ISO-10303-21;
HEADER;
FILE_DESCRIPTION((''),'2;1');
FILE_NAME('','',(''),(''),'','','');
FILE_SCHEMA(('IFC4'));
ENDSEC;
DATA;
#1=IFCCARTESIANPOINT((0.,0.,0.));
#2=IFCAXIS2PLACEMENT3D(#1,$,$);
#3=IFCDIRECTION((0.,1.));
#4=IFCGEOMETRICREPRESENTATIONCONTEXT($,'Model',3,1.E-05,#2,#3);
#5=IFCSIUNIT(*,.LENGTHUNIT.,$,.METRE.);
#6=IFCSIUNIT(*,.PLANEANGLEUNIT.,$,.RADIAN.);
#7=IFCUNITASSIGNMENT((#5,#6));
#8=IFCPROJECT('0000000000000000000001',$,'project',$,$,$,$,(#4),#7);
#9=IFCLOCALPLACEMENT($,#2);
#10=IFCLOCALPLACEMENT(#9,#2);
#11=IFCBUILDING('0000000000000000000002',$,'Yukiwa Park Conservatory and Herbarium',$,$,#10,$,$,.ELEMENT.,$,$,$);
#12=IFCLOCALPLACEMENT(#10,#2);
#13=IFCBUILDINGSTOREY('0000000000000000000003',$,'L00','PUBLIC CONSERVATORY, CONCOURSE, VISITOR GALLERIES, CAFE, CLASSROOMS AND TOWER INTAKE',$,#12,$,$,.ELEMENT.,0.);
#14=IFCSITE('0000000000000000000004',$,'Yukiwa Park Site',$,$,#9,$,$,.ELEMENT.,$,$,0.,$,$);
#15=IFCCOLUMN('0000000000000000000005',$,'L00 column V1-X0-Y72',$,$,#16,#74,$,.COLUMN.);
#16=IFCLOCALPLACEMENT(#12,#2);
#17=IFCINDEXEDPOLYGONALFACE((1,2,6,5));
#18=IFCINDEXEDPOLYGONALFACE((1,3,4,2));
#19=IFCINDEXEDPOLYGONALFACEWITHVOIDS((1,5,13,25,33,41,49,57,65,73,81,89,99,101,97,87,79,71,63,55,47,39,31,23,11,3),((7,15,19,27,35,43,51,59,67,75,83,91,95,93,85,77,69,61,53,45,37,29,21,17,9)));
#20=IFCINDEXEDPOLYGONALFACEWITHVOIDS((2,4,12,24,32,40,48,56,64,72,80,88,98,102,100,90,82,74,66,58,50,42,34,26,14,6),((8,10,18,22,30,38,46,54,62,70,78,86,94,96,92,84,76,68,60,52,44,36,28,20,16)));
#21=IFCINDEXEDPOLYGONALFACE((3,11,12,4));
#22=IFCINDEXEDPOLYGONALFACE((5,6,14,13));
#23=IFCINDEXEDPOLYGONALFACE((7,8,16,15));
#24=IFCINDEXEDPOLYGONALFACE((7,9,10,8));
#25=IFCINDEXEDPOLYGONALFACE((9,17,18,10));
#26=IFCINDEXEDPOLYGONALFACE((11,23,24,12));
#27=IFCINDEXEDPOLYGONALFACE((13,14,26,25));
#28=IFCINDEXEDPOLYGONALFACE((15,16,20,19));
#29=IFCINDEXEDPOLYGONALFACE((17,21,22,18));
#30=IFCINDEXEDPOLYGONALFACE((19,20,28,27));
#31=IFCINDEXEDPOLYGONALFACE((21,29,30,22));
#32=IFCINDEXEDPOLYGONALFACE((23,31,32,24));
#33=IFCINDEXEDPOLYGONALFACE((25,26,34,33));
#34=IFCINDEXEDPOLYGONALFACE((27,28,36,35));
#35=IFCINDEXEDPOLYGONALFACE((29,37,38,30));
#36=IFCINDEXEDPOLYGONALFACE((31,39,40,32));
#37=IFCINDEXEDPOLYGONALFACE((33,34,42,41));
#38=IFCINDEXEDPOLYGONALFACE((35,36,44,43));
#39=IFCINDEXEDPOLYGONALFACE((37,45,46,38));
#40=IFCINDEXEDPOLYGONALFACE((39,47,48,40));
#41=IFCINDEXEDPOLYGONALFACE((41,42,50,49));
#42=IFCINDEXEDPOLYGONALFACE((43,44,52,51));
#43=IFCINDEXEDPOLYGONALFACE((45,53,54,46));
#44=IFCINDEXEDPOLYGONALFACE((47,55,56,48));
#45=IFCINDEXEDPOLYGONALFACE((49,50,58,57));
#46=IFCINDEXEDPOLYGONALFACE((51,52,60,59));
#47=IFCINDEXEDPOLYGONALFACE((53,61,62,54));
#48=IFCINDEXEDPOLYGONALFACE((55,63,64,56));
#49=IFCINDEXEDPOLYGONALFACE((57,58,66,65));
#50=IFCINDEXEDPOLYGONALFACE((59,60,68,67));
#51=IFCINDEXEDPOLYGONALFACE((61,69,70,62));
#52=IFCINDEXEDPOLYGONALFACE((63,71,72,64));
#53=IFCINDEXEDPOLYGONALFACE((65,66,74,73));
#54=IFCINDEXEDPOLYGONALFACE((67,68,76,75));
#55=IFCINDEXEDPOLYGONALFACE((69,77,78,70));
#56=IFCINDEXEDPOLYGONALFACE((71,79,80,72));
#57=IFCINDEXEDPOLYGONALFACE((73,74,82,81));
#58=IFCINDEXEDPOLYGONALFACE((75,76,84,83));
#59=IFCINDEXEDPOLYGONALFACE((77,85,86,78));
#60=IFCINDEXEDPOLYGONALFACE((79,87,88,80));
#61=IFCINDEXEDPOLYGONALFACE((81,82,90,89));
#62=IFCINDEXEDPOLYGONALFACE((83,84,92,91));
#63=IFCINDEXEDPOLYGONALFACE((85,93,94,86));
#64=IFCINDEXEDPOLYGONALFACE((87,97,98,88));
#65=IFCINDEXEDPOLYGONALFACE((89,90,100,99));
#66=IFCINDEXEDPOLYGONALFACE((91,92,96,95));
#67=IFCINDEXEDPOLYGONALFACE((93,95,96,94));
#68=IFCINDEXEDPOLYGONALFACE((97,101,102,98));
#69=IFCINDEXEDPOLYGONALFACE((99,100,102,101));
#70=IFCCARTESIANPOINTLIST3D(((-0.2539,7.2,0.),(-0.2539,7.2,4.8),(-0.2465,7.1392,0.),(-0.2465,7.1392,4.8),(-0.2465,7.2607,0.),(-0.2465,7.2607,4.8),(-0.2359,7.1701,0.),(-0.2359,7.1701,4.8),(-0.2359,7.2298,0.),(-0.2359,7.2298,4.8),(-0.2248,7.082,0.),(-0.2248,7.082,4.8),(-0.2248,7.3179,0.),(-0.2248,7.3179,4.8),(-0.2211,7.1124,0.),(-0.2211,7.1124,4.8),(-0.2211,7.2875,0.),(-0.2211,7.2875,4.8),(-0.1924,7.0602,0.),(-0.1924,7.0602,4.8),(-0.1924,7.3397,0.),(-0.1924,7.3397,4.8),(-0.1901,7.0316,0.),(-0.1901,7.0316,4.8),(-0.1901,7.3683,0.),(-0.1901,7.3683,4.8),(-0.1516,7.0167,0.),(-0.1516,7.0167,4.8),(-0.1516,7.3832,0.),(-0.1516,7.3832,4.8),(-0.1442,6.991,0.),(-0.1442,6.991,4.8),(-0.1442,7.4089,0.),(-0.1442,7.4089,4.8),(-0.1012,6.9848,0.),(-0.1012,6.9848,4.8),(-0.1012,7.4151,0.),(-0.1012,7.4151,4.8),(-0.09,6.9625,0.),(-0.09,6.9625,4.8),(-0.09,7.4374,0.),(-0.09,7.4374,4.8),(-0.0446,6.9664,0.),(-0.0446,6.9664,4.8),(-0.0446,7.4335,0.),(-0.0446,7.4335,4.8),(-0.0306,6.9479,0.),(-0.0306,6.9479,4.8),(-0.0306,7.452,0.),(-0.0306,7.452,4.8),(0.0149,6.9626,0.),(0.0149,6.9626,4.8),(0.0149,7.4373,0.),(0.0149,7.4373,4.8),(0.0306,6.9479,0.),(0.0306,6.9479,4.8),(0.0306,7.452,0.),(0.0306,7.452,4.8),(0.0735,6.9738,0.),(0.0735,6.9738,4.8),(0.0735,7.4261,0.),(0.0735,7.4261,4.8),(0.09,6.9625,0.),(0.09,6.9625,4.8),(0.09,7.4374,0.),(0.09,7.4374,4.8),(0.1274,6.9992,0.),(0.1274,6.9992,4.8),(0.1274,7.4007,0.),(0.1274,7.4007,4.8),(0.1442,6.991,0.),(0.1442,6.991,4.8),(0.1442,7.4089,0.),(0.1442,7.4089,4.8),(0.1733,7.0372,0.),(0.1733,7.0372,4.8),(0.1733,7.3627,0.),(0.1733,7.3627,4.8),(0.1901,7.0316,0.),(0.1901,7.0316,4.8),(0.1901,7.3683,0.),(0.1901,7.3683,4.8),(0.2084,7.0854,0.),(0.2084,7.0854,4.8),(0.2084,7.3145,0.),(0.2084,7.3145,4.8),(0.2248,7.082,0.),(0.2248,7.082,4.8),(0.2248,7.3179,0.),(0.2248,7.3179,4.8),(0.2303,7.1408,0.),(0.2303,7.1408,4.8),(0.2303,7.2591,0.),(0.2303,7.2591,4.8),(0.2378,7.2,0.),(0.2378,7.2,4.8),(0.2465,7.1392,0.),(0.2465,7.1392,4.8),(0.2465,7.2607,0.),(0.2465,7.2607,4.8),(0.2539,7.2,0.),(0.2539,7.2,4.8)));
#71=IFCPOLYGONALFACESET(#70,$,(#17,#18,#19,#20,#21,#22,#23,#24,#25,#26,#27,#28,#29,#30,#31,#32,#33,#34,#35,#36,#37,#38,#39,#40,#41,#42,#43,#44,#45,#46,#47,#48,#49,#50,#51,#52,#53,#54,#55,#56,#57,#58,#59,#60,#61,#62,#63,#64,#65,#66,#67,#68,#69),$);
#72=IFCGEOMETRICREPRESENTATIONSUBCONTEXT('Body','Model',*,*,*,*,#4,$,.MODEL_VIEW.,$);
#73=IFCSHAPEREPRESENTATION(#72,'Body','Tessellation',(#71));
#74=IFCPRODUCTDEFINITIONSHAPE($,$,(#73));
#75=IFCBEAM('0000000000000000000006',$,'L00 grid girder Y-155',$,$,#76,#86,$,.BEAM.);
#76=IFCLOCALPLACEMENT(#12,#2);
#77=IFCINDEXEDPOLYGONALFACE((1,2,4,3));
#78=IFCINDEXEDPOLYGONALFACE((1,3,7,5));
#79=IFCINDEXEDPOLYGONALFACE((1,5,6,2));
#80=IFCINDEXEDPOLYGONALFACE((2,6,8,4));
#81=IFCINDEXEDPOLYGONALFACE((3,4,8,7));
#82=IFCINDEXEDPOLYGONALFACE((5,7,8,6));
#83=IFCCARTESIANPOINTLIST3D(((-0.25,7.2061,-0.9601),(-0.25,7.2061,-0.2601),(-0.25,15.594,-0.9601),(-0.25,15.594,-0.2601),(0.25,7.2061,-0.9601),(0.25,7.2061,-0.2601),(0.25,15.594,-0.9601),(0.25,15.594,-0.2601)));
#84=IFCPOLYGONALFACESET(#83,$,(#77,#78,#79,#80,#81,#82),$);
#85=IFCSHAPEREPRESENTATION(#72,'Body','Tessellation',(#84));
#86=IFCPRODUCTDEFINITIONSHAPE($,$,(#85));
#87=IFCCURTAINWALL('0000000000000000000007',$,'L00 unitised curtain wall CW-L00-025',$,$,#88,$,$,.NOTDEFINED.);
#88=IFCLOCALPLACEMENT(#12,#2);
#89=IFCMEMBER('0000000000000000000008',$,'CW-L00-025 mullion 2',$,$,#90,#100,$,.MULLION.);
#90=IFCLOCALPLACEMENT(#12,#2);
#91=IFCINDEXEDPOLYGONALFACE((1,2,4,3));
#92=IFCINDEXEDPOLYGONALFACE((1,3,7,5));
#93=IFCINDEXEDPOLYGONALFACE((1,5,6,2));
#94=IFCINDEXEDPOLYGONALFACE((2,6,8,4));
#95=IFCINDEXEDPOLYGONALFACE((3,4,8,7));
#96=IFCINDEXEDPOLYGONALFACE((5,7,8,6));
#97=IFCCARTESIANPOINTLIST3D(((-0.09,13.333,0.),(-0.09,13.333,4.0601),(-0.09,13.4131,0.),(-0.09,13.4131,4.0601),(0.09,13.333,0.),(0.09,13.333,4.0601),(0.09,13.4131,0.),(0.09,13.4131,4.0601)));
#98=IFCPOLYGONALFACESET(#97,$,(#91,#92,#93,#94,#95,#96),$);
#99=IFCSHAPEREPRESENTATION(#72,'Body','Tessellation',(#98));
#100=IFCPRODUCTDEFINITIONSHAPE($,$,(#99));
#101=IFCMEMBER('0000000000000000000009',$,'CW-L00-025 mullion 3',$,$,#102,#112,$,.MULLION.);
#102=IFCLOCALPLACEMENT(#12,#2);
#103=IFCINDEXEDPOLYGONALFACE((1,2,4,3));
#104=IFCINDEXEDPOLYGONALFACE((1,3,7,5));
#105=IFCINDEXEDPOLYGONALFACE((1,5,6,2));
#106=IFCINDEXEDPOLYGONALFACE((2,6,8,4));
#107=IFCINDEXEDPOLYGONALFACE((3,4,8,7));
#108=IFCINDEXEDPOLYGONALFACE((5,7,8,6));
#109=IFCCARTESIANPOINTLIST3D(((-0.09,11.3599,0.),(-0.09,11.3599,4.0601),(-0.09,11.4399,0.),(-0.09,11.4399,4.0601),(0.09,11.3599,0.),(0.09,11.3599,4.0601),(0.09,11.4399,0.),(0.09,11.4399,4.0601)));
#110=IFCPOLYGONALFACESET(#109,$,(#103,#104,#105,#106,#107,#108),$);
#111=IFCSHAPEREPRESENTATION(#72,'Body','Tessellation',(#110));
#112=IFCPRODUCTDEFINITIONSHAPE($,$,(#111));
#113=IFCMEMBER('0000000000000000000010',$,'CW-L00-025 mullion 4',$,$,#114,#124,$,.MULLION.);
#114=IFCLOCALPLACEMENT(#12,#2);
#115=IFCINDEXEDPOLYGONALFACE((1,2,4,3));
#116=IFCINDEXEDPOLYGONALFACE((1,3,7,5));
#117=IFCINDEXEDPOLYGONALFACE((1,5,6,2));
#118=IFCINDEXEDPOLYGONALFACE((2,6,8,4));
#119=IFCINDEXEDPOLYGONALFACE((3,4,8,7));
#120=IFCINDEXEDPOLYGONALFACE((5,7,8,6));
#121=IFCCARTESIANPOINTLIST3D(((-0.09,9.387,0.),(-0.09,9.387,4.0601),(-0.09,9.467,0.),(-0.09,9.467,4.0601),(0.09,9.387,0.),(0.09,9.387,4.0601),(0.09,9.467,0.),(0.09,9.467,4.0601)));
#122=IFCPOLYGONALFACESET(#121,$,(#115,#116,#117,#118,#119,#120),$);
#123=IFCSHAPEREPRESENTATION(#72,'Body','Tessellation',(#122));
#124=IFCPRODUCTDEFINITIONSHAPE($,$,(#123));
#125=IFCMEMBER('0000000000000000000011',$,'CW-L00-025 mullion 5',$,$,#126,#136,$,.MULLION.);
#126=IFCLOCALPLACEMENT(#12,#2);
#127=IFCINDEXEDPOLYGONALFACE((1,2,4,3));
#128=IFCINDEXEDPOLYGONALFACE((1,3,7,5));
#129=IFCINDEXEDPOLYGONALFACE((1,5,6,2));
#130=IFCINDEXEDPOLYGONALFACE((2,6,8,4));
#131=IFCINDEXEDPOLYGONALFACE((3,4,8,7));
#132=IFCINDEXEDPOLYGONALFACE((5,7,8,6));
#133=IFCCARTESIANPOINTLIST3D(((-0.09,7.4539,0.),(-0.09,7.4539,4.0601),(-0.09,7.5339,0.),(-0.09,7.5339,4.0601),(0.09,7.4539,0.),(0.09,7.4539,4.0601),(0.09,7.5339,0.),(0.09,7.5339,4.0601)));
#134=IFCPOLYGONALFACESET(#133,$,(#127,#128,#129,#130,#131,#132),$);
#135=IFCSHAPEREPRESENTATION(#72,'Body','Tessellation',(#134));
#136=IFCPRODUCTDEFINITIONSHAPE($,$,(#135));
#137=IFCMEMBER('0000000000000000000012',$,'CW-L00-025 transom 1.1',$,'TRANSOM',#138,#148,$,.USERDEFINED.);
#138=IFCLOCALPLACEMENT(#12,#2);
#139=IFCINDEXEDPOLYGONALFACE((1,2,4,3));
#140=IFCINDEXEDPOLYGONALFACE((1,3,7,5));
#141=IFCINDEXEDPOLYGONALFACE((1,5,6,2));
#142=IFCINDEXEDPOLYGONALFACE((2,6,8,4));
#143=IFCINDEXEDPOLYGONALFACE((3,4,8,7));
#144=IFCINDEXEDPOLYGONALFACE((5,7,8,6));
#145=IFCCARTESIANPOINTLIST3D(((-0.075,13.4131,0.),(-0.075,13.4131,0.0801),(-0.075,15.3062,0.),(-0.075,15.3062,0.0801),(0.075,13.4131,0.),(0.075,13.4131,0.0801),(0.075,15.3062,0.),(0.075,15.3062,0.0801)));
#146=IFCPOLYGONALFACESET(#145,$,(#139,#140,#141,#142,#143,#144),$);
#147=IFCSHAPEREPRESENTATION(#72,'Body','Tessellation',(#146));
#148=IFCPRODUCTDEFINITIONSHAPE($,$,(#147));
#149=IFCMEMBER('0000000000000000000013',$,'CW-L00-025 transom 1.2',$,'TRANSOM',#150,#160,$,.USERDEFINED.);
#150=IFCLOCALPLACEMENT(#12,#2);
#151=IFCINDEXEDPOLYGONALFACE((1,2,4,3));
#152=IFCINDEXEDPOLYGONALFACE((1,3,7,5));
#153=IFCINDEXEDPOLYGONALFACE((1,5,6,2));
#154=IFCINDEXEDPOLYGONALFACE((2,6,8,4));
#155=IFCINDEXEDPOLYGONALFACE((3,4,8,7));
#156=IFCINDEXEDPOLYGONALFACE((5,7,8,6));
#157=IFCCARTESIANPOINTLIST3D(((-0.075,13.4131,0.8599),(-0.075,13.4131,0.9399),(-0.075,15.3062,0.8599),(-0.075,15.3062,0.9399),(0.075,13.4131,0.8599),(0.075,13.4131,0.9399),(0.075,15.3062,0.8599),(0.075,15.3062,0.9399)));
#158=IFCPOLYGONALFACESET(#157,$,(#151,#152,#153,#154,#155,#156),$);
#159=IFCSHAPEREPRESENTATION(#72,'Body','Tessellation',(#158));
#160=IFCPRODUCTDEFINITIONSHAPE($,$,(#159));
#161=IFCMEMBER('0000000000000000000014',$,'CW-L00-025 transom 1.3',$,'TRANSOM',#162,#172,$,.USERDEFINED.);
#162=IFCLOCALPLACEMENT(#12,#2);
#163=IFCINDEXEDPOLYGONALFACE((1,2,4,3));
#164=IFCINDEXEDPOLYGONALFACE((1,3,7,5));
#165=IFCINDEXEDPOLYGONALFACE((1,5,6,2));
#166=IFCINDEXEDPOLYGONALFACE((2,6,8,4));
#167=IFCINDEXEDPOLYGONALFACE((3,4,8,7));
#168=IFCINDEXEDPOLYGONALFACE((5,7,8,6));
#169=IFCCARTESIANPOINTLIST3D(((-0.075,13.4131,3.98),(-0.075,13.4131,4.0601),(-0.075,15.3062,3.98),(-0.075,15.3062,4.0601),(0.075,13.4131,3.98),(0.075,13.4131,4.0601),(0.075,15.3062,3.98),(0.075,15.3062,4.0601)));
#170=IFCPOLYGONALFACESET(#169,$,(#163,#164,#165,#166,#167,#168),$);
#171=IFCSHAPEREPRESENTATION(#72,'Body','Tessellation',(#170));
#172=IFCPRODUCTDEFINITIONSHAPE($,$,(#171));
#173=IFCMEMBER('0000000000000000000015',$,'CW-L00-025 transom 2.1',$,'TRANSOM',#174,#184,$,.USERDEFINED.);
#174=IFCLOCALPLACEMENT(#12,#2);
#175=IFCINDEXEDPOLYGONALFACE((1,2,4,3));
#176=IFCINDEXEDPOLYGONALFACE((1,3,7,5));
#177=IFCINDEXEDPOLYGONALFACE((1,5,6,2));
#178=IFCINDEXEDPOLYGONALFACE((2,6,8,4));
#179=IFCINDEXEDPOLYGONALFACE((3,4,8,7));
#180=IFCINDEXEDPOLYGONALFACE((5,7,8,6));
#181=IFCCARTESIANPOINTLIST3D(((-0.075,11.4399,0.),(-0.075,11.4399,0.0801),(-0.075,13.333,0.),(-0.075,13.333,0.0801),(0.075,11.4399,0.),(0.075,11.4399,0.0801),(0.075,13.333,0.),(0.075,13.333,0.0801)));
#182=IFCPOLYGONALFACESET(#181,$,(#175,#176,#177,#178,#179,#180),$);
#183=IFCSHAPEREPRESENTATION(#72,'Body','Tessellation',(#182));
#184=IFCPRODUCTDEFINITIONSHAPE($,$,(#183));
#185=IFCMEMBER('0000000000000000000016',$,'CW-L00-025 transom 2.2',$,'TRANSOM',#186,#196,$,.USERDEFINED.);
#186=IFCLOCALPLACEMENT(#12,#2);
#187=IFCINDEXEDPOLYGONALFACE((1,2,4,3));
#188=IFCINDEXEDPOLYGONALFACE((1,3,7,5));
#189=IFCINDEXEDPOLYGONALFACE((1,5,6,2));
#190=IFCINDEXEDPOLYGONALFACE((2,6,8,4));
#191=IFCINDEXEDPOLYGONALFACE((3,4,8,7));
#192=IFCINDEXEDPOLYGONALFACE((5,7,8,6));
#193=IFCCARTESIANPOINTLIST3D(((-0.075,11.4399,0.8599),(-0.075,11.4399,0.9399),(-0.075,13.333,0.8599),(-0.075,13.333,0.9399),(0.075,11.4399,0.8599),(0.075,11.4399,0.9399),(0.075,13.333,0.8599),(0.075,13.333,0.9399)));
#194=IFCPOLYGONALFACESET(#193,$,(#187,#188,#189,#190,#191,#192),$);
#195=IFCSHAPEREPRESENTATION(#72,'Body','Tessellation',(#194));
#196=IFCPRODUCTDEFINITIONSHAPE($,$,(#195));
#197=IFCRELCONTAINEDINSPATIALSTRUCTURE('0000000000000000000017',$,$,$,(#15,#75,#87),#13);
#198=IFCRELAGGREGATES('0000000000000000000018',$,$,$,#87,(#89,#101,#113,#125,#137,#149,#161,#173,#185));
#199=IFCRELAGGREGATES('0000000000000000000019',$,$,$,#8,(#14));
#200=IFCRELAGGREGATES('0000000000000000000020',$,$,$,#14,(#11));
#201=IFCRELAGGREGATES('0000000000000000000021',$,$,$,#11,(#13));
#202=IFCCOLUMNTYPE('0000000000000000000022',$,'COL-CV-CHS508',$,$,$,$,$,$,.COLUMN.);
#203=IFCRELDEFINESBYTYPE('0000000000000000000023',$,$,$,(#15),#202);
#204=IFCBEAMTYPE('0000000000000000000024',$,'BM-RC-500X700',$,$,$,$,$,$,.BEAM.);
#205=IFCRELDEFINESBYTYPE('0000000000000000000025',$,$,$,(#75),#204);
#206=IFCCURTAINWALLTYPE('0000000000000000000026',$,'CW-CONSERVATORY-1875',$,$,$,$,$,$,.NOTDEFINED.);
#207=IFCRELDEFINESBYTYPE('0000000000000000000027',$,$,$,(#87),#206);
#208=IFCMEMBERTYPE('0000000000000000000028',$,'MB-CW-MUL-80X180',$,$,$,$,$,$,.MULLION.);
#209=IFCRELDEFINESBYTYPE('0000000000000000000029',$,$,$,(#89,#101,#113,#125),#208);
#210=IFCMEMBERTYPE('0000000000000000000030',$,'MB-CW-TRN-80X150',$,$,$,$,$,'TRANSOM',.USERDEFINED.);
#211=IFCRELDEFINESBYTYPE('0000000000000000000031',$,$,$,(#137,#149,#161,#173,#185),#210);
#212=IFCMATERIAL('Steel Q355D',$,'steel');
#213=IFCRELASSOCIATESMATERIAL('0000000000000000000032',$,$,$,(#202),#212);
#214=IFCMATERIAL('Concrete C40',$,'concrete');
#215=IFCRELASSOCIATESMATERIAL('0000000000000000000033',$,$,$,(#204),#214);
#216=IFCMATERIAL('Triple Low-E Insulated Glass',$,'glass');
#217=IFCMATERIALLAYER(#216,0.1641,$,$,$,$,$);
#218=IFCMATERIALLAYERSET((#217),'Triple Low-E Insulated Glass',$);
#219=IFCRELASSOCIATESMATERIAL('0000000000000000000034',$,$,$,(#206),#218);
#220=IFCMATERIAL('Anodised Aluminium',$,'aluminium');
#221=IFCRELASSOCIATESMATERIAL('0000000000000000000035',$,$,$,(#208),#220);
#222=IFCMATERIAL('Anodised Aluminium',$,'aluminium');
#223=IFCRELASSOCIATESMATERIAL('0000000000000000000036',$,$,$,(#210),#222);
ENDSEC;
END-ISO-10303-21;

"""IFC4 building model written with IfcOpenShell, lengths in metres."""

from ifc_helpers import new_model, si_unit, direction, frame, origin, origin_2d, place, context, subcontext, project, spatial, rectangle, hollow_circle, extrude, material, layer, layer_set, material_profile, profile_set, type_object, element, aggregate, save


model = new_model("IFC4")

# Units and contexts
model_context = context("Model", 3, precision=1e-05, world=origin(), true_north=direction((0.0, 1.0)))
body_context = subcontext(model_context, "Body", "Model", "MODEL_VIEW")
ifc_project = project(units=[si_unit("LENGTHUNIT", "METRE"), si_unit("PLANEANGLEUNIT", "RADIAN")], contexts=[model_context])

# Site, building, storey
site_placement = place(None, origin())
site = spatial("IfcSite", under=ifc_project, at=site_placement, Name="Yukiwa Park Site", CompositionType="ELEMENT", RefElevation=0.0)
building_placement = place(site_placement, origin())
building = spatial("IfcBuilding", under=site, at=building_placement, Name="Yukiwa Park Conservatory and Herbarium", CompositionType="ELEMENT")
storey_placement = place(building_placement, origin())
storey = spatial("IfcBuildingStorey", under=building, at=storey_placement, Name="L00", Description="PUBLIC CONSERVATORY, CONCOURSE, VISITOR GALLERIES, CAFE, CLASSROOMS AND TOWER INTAKE", CompositionType="ELEMENT", Elevation=0.0)

# Column
ifc_material_1 = material(Name="Steel Q355D", Category="steel")
ifc_material_profile_1 = material_profile(ifc_material_1, hollow_circle(Radius=0.2539, WallThickness=0.0161, at=origin_2d()), Name="CHS 508x16")
ifc_profile_set_1 = profile_set([ifc_material_profile_1], Name="Steel Q355D")
column_type = type_object("IfcColumnType", Name="COL-CV-CHS508", PredefinedType="COLUMN", material=ifc_profile_set_1)
column_placement = place(storey_placement, frame((0.0, 7.2, 0.0), z_axis=(0.0, 0.0, 1.0), x_axis=(1.0, 0.0, 0.0)))
element("IfcColumn", 1, at=column_placement, inside=storey, type_object=column_type, Name="L00 column V1-X0-Y72", PredefinedType="COLUMN", context=body_context, shape_type="SweptSolid", body=[
    extrude(hollow_circle(Radius=0.2539, WallThickness=0.0161, at=origin_2d()), origin(), (0.0, 0.0, 1.0), 4.8),
])

# Beam
ifc_material_2 = material(Name="Concrete C40", Category="concrete")
ifc_material_profile_2 = material_profile(ifc_material_2, rectangle(XDim=0.5, YDim=0.7, at=origin_2d()), Name="RC 500x700")
ifc_profile_set_2 = profile_set([ifc_material_profile_2], Name="Concrete C40")
beam_type = type_object("IfcBeamType", Name="BM-RC-500X700", PredefinedType="BEAM", material=ifc_profile_set_2)
beam_placement = place(storey_placement, frame((0.0, 7.2061, -0.6101), z_axis=(0.0, 1.0, 0.0), x_axis=(-1.0, 0.0, 0.0)))
element("IfcBeam", 2, at=beam_placement, inside=storey, type_object=beam_type, Name="L00 grid girder Y-155", PredefinedType="BEAM", context=body_context, shape_type="SweptSolid", body=[
    extrude(rectangle(XDim=0.5, YDim=0.7, at=origin_2d()), origin(), (0.0, 0.0, 1.0), 8.3879),
])

# Curtain wall, members
ifc_material_3 = material(Name="Triple Low-E Insulated Glass", Category="glass")
ifc_layer_1 = layer(ifc_material_3, 0.1641)
ifc_layer_set_1 = layer_set([ifc_layer_1], Name="Triple Low-E Insulated Glass")
curtain_wall_type = type_object("IfcCurtainWallType", Name="CW-CONSERVATORY-1875", PredefinedType="NOTDEFINED", material=ifc_layer_set_1)
curtain_wall_placement = place(storey_placement, origin())
curtain_wall = element("IfcCurtainWall", 3, at=curtain_wall_placement, inside=storey, type_object=curtain_wall_type, Name="L00 unitised curtain wall CW-L00-025", PredefinedType="NOTDEFINED")
ifc_material_4 = material(Name="Anodised Aluminium", Category="aluminium")
member_type_1 = type_object("IfcMemberType", Name="MB-CW-MUL-80X180", PredefinedType="MULLION", material=ifc_material_4)
member_1_placement = place(storey_placement, frame((0.0, 13.373, 0.0), z_axis=(0.0, 0.0, 1.0), x_axis=(0.0, -1.0, 0.0)))
member_1 = element("IfcMember", 4, at=member_1_placement, type_object=member_type_1, Name="CW-L00-025 mullion 2", PredefinedType="MULLION", context=body_context, shape_type="SweptSolid", body=[
    extrude(rectangle(XDim=0.0801, YDim=0.1799, at=origin_2d()), origin(), (0.0, 0.0, 1.0), 4.0601),
])
member_2_placement = place(storey_placement, frame((0.0, 11.3999, 0.0), z_axis=(0.0, 0.0, 1.0), x_axis=(0.0, -1.0, 0.0)))
member_2 = element("IfcMember", 5, at=member_2_placement, type_object=member_type_1, Name="CW-L00-025 mullion 3", PredefinedType="MULLION", context=body_context, shape_type="SweptSolid", body=[
    extrude(rectangle(XDim=0.0801, YDim=0.1799, at=origin_2d()), origin(), (0.0, 0.0, 1.0), 4.0601),
])
member_3_placement = place(storey_placement, frame((0.0, 9.427, 0.0), z_axis=(0.0, 0.0, 1.0), x_axis=(0.0, -1.0, 0.0)))
member_3 = element("IfcMember", 6, at=member_3_placement, type_object=member_type_1, Name="CW-L00-025 mullion 4", PredefinedType="MULLION", context=body_context, shape_type="SweptSolid", body=[
    extrude(rectangle(XDim=0.0801, YDim=0.1799, at=origin_2d()), origin(), (0.0, 0.0, 1.0), 4.0601),
])
member_4_placement = place(storey_placement, frame((0.0, 7.4939, 0.0), z_axis=(0.0, 0.0, 1.0), x_axis=(0.0, -1.0, 0.0)))
member_4 = element("IfcMember", 7, at=member_4_placement, type_object=member_type_1, Name="CW-L00-025 mullion 5", PredefinedType="MULLION", context=body_context, shape_type="SweptSolid", body=[
    extrude(rectangle(XDim=0.0801, YDim=0.1799, at=origin_2d()), origin(), (0.0, 0.0, 1.0), 4.0601),
])
ifc_material_5 = material(Name="Anodised Aluminium", Category="aluminium")
member_type_2 = type_object("IfcMemberType", Name="MB-CW-TRN-80X150", ElementType="TRANSOM", PredefinedType="USERDEFINED", material=ifc_material_5)
member_5_placement = place(storey_placement, frame((0.0, 14.3596, 0.0), z_axis=(0.0, 0.0, 1.0), x_axis=(0.0, -1.0, 0.0)))
member_5 = element("IfcMember", 8, at=member_5_placement, type_object=member_type_2, Name="CW-L00-025 transom 1.1", ObjectType="TRANSOM", PredefinedType="USERDEFINED", context=body_context, shape_type="SweptSolid", body=[
    extrude(rectangle(XDim=1.8931, YDim=0.1499, at=origin_2d()), origin(), (0.0, 0.0, 1.0), 0.0801),
])
member_6_placement = place(storey_placement, frame((0.0, 14.3596, 0.8599), z_axis=(0.0, 0.0, 1.0), x_axis=(0.0, -1.0, 0.0)))
member_6 = element("IfcMember", 9, at=member_6_placement, type_object=member_type_2, Name="CW-L00-025 transom 1.2", ObjectType="TRANSOM", PredefinedType="USERDEFINED", context=body_context, shape_type="SweptSolid", body=[
    extrude(rectangle(XDim=1.8931, YDim=0.1499, at=origin_2d()), origin(), (0.0, 0.0, 1.0), 0.0801),
])
member_7_placement = place(storey_placement, frame((0.0, 14.3596, 3.98), z_axis=(0.0, 0.0, 1.0), x_axis=(0.0, -1.0, 0.0)))
member_7 = element("IfcMember", 10, at=member_7_placement, type_object=member_type_2, Name="CW-L00-025 transom 1.3", ObjectType="TRANSOM", PredefinedType="USERDEFINED", context=body_context, shape_type="SweptSolid", body=[
    extrude(rectangle(XDim=1.8931, YDim=0.1499, at=origin_2d()), origin(), (0.0, 0.0, 1.0), 0.0801),
])
member_8_placement = place(storey_placement, frame((0.0, 12.3865, 0.0), z_axis=(0.0, 0.0, 1.0), x_axis=(0.0, -1.0, 0.0)))
member_8 = element("IfcMember", 11, at=member_8_placement, type_object=member_type_2, Name="CW-L00-025 transom 2.1", ObjectType="TRANSOM", PredefinedType="USERDEFINED", context=body_context, shape_type="SweptSolid", body=[
    extrude(rectangle(XDim=1.8931, YDim=0.1499, at=origin_2d()), origin(), (0.0, 0.0, 1.0), 0.0801),
])
member_9_placement = place(storey_placement, frame((0.0, 12.3865, 0.8599), z_axis=(0.0, 0.0, 1.0), x_axis=(0.0, -1.0, 0.0)))
member_9 = element("IfcMember", 12, at=member_9_placement, type_object=member_type_2, Name="CW-L00-025 transom 2.2", ObjectType="TRANSOM", PredefinedType="USERDEFINED", context=body_context, shape_type="SweptSolid", body=[
    extrude(rectangle(XDim=1.8931, YDim=0.1499, at=origin_2d()), origin(), (0.0, 0.0, 1.0), 0.0801),
])
aggregate(curtain_wall, [member_1, member_2, member_3, member_4, member_5, member_6, member_7, member_8, member_9])

save(model, "model.ifc")
